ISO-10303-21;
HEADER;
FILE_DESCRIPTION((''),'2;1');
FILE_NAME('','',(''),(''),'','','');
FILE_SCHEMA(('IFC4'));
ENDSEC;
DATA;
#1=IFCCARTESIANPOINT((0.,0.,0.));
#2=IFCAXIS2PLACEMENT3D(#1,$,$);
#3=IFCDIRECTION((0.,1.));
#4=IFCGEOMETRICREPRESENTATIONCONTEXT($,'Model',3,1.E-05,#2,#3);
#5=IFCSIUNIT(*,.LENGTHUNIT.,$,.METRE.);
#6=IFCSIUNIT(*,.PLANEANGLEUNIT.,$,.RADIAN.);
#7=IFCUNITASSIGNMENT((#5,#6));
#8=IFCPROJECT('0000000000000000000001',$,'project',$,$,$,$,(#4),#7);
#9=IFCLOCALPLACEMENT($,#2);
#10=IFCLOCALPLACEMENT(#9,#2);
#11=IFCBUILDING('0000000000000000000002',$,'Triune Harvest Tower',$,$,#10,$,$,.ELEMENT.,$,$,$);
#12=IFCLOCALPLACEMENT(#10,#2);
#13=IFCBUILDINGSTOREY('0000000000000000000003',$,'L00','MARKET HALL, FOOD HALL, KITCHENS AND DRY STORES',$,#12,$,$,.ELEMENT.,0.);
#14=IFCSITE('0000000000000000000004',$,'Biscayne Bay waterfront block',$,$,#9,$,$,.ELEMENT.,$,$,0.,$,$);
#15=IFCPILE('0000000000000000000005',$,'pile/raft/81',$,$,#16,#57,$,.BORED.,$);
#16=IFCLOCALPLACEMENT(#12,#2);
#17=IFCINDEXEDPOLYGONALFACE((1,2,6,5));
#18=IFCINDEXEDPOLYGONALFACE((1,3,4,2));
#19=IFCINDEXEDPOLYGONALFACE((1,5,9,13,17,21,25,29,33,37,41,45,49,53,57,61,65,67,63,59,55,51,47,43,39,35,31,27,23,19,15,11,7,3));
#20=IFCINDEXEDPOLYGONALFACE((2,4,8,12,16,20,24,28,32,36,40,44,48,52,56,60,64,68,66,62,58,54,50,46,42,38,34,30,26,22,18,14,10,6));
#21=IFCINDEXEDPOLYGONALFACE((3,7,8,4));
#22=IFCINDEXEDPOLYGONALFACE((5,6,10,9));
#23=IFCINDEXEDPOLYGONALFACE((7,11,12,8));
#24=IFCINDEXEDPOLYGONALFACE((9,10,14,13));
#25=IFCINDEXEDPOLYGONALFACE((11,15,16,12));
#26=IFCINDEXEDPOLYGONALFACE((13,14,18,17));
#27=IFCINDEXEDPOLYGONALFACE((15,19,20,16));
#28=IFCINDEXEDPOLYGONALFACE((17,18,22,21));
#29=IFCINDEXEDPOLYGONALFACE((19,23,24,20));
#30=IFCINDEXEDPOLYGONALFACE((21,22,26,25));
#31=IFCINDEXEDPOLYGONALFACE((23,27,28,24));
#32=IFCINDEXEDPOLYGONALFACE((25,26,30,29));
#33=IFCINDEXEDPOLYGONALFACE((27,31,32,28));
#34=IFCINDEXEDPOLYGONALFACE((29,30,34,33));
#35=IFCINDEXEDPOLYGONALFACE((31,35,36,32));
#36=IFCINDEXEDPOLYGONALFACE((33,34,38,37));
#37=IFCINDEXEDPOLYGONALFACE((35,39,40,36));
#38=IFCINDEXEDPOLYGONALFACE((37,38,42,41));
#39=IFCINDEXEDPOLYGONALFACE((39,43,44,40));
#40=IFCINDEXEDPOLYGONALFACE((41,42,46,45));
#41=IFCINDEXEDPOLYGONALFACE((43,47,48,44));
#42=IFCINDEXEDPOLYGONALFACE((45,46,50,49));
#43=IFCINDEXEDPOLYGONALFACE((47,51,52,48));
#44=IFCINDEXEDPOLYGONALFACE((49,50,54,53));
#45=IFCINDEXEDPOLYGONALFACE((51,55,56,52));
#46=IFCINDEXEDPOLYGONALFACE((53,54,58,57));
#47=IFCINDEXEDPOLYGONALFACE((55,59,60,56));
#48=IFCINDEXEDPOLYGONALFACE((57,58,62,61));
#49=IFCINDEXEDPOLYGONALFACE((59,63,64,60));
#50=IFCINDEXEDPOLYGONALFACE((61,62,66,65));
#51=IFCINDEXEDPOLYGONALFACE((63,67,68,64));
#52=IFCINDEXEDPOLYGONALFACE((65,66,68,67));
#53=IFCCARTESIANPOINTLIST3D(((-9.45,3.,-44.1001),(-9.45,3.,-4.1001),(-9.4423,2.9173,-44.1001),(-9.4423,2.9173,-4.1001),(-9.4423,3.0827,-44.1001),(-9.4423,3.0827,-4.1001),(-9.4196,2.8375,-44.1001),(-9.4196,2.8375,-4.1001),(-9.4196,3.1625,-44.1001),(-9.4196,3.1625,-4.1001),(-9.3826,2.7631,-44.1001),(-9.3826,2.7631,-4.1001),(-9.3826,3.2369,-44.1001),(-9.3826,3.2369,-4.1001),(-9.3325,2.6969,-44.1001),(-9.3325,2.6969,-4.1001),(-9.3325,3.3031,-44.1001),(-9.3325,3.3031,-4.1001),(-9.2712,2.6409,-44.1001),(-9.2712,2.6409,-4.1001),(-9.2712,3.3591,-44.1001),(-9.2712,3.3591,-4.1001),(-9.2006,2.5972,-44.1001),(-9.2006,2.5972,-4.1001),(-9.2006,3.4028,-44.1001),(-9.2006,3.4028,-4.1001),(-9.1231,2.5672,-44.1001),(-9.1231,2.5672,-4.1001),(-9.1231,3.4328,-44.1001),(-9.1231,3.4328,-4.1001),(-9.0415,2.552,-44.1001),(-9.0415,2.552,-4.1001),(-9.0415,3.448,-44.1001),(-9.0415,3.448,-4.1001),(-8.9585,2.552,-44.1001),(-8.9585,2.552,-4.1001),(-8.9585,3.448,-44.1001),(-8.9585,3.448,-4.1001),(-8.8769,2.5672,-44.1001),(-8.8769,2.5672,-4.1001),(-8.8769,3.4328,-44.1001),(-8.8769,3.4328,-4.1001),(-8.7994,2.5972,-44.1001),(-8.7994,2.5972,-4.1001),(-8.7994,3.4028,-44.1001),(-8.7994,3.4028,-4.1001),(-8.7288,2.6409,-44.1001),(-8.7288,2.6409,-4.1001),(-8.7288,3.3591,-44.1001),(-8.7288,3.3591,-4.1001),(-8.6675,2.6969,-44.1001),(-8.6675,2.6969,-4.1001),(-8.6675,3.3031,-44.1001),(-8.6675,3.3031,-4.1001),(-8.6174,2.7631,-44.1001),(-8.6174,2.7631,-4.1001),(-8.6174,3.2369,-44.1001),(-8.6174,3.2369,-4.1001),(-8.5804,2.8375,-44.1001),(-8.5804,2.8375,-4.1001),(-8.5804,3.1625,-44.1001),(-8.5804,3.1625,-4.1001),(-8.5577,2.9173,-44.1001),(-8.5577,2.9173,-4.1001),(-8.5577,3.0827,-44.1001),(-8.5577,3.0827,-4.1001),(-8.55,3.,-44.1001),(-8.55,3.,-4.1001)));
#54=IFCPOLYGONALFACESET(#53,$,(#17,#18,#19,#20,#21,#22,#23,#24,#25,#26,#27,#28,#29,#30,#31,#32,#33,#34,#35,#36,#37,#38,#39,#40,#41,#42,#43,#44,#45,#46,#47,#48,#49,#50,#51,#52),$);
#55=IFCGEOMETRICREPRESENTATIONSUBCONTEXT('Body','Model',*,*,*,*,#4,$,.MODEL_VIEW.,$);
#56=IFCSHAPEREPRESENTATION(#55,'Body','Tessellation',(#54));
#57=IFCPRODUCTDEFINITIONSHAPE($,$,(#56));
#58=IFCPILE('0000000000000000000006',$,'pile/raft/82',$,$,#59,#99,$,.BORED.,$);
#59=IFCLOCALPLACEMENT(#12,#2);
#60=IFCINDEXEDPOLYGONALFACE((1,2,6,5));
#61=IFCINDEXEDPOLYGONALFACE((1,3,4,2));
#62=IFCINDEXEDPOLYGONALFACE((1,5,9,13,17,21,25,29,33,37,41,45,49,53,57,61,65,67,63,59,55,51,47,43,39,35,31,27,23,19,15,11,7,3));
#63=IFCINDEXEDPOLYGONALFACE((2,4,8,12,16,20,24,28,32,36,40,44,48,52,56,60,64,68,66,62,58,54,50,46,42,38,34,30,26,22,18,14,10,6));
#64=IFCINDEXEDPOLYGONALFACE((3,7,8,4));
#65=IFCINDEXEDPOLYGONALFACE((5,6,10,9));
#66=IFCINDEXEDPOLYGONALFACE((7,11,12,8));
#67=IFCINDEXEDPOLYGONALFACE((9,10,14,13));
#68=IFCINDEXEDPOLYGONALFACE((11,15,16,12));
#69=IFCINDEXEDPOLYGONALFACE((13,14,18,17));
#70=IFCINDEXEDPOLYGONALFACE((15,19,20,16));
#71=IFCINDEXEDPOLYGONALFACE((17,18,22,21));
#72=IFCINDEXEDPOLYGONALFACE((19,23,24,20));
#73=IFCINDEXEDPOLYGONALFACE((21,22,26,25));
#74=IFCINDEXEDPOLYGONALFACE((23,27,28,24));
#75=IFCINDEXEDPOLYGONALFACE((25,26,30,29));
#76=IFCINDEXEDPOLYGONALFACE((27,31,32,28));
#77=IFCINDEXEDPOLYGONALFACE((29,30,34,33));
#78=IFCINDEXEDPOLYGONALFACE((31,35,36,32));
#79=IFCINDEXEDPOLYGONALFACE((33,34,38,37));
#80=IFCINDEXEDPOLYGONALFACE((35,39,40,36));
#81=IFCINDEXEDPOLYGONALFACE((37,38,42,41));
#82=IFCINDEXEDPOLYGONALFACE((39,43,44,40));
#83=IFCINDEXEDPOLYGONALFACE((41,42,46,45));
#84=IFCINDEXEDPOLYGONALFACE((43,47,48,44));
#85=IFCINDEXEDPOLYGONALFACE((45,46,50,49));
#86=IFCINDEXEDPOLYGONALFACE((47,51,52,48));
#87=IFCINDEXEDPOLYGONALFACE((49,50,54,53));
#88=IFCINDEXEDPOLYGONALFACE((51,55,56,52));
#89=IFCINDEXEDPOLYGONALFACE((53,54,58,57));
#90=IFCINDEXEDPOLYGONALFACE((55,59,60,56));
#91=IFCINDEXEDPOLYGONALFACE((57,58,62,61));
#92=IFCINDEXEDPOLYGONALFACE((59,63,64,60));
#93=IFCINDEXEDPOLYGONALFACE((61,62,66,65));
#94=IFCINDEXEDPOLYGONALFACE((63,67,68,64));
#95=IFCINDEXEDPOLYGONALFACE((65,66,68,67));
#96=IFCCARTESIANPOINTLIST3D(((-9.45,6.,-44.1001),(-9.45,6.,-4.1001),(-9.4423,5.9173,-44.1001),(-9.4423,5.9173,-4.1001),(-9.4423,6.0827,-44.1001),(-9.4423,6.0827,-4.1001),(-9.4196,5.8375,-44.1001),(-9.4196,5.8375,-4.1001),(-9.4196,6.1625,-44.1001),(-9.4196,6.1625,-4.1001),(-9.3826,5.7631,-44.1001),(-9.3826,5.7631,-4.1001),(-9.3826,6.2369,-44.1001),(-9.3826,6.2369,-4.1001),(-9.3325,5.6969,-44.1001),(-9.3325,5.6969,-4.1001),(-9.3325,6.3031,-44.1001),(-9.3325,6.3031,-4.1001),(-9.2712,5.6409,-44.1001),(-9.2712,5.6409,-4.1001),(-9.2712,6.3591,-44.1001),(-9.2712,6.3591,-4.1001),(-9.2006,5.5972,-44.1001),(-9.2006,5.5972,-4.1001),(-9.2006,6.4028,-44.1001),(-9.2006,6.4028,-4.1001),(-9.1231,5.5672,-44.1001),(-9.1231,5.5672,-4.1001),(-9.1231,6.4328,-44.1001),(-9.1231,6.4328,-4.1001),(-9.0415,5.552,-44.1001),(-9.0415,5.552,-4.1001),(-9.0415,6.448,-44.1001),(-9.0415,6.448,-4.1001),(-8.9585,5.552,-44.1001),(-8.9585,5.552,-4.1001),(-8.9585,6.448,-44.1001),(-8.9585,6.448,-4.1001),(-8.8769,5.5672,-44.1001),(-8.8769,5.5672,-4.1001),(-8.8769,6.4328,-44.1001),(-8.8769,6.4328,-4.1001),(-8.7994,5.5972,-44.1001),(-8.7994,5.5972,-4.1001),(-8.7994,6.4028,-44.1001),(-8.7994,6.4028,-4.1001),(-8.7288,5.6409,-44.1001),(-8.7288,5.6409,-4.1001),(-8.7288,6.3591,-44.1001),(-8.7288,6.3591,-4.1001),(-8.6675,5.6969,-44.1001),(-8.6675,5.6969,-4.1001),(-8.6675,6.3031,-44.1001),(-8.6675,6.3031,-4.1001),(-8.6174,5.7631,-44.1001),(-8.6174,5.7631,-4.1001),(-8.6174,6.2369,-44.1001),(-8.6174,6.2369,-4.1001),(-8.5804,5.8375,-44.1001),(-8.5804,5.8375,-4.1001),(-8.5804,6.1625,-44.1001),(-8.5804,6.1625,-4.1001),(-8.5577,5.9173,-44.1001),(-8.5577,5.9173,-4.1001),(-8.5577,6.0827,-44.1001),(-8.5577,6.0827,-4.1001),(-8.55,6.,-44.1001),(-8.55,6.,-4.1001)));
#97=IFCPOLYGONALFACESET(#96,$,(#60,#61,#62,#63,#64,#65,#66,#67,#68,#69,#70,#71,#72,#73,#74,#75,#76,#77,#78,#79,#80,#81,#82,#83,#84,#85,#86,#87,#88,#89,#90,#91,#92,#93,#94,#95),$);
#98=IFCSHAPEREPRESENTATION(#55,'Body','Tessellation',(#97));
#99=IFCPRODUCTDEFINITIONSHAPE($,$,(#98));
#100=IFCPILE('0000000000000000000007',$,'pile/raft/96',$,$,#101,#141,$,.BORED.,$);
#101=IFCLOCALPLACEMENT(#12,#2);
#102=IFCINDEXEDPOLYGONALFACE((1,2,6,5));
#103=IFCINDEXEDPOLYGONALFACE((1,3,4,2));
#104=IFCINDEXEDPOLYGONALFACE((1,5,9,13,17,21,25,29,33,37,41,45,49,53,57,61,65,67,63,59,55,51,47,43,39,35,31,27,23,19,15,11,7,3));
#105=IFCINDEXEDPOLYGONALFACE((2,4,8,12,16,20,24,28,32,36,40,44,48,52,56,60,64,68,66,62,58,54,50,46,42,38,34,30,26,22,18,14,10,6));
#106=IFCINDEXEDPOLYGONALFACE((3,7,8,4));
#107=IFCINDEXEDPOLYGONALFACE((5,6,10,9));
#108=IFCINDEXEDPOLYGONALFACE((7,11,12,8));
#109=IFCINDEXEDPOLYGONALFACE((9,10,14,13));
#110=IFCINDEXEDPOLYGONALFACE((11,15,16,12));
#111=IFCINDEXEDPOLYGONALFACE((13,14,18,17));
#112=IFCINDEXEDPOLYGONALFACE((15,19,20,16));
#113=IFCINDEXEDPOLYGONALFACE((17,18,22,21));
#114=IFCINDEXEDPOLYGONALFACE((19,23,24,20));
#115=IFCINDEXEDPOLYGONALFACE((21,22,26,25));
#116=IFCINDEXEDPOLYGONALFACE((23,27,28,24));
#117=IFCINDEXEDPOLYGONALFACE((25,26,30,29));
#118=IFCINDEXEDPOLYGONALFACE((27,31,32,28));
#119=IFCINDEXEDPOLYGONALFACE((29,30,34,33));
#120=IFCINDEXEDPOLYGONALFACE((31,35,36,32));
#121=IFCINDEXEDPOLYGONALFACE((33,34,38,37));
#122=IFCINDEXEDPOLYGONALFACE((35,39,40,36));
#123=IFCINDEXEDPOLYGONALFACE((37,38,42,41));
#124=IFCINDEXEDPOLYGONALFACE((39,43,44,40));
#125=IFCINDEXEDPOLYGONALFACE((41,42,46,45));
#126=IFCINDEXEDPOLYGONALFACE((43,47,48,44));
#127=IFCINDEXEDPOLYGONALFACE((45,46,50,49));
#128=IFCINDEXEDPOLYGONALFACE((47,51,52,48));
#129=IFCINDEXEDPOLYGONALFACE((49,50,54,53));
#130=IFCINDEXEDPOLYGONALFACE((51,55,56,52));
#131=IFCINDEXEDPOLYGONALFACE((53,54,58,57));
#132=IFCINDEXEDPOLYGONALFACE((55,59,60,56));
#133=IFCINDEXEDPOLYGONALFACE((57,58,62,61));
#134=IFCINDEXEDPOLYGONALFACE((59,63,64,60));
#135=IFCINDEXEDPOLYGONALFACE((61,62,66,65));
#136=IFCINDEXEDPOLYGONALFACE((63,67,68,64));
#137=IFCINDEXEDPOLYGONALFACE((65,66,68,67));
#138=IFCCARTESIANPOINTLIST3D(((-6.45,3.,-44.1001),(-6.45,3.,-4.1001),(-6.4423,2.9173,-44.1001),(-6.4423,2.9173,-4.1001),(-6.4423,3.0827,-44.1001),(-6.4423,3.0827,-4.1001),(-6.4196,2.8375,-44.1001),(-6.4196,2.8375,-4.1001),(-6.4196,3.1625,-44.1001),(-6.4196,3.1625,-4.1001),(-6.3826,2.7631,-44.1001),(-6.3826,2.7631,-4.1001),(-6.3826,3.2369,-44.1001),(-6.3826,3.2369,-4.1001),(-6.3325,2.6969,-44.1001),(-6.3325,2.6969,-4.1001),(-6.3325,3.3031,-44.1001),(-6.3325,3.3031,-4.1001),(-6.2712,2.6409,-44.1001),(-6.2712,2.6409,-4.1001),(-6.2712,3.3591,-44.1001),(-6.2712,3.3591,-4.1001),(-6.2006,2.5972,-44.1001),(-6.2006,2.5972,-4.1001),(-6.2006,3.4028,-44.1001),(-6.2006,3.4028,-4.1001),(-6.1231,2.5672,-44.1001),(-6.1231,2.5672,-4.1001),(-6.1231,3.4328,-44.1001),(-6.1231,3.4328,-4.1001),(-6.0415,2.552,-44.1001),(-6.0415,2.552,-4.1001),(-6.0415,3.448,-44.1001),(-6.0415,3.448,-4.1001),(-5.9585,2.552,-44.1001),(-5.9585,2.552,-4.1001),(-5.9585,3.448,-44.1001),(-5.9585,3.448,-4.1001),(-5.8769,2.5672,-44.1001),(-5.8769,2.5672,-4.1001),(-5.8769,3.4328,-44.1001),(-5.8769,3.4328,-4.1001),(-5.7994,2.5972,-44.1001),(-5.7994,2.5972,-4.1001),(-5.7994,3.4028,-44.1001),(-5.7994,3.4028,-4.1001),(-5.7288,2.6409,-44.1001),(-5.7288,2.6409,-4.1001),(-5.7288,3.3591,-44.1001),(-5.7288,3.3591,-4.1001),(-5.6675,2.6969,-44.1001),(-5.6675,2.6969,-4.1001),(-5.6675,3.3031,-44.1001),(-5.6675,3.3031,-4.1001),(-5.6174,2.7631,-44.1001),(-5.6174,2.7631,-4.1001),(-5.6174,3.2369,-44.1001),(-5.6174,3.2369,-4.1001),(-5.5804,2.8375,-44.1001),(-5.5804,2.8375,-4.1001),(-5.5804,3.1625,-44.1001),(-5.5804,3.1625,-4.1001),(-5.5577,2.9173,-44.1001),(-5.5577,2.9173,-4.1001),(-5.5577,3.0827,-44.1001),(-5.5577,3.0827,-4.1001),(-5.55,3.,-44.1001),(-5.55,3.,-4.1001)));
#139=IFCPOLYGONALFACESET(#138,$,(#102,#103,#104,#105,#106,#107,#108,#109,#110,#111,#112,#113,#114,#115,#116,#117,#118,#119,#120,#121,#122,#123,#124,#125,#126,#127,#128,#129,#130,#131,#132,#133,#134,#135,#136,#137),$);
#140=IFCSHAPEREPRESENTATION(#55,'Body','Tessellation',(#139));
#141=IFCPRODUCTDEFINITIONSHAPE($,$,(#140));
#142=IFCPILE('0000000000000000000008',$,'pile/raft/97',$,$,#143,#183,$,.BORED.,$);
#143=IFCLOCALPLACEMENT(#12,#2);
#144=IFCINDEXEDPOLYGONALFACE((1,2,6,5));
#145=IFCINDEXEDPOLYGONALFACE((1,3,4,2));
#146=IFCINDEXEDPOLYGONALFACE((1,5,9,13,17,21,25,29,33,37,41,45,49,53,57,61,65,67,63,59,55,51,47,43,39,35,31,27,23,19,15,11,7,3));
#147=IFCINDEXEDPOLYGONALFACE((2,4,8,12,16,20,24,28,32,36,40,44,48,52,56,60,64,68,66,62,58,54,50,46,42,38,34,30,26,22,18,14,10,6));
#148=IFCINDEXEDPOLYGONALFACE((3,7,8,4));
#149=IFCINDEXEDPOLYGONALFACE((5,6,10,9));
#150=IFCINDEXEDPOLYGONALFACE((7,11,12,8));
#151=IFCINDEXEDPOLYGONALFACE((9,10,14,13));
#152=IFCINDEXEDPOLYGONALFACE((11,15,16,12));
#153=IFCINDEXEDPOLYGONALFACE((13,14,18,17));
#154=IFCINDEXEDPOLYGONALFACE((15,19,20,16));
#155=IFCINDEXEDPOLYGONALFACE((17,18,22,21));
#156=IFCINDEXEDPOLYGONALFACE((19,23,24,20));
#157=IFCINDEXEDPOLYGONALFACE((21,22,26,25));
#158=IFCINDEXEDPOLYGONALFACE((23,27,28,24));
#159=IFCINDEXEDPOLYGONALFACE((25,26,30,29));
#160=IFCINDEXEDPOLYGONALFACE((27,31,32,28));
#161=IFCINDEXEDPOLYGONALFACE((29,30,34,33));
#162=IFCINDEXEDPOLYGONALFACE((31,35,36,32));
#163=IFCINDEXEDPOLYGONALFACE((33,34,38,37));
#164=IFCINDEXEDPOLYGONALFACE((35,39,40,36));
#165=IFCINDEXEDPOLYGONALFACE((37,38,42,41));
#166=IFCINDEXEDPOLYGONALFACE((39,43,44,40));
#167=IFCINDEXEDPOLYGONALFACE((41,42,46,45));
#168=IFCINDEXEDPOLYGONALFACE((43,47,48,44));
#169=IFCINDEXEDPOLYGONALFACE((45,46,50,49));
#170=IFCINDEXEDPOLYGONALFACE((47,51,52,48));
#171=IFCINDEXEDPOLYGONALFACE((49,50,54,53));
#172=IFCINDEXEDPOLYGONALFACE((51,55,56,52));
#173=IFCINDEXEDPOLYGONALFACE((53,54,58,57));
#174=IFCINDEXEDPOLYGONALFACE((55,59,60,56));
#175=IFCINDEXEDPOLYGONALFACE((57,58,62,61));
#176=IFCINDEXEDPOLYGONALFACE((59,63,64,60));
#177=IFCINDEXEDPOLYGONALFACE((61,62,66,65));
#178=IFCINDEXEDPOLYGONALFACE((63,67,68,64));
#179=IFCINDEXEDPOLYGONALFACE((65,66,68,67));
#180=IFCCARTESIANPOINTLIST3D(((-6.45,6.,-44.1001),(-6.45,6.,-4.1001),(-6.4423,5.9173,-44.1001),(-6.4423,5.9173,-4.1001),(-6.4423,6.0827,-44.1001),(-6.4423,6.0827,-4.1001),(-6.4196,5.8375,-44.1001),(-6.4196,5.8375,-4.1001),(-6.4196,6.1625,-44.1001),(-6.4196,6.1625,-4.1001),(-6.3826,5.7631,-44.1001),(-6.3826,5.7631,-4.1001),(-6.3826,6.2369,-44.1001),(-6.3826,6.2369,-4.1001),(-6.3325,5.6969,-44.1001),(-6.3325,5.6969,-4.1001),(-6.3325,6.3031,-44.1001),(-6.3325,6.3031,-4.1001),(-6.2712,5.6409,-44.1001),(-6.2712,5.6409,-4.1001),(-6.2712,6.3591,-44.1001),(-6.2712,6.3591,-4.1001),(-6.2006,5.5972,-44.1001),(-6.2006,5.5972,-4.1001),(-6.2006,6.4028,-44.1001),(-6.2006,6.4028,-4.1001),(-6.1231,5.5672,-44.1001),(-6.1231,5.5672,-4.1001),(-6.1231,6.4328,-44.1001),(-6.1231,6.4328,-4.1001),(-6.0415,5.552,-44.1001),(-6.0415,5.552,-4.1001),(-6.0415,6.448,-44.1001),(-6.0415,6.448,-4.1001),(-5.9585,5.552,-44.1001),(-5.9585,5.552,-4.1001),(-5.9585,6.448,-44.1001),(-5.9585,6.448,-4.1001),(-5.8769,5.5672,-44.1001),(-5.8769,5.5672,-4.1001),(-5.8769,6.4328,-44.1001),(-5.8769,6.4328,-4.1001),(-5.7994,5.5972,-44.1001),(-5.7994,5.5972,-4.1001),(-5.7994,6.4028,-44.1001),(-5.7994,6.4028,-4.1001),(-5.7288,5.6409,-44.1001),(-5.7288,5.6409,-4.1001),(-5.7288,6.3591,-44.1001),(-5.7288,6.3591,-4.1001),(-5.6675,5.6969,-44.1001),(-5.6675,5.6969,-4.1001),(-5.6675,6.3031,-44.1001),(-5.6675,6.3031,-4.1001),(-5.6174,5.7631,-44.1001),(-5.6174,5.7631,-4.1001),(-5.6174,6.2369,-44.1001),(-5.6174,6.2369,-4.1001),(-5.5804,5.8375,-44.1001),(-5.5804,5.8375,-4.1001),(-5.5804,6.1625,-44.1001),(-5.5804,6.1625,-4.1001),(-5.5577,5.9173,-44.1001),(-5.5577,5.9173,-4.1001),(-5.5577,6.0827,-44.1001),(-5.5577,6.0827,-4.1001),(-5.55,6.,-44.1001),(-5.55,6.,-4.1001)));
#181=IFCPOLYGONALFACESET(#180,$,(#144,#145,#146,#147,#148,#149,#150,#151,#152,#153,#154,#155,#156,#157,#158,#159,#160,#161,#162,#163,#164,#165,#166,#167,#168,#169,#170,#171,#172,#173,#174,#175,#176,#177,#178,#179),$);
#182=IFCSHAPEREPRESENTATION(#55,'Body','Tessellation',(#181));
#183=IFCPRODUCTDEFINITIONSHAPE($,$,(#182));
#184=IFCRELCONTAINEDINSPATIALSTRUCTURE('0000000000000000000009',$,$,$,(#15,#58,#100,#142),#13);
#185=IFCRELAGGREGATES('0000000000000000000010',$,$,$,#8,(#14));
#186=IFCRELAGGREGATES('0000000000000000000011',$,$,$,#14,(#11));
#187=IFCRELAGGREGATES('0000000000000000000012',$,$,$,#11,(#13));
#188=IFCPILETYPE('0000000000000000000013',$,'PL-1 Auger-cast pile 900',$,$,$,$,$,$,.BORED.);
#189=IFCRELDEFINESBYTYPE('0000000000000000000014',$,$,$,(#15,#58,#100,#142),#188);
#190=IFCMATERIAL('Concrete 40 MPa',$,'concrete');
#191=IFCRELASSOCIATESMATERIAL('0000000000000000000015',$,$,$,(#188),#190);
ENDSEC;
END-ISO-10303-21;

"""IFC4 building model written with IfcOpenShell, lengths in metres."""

from ifc_helpers import new_model, si_unit, direction, frame, origin, origin_2d, place, context, subcontext, project, spatial, circle, extrude, source, transform, mapped, material, material_profile, profile_set, type_object, element, save


model = new_model("IFC4")

# Units and contexts
model_context = context("Model", 3, precision=1e-05, world=origin(), true_north=direction((0.0, 1.0)))
body_context = subcontext(model_context, "Body", "Model", "MODEL_VIEW")
ifc_project = project(units=[si_unit("LENGTHUNIT", "METRE"), si_unit("PLANEANGLEUNIT", "RADIAN")], contexts=[model_context])

# Site, building, storey
site_placement = place(None, origin())
site = spatial("IfcSite", under=ifc_project, at=site_placement, Name="Biscayne Bay waterfront block", CompositionType="ELEMENT", RefElevation=0.0)
building_placement = place(site_placement, origin())
building = spatial("IfcBuilding", under=site, at=building_placement, Name="Triune Harvest Tower", CompositionType="ELEMENT")
storey_placement = place(building_placement, origin())
storey = spatial("IfcBuildingStorey", under=building, at=storey_placement, Name="L00", Description="MARKET HALL, FOOD HALL, KITCHENS AND DRY STORES", CompositionType="ELEMENT", Elevation=0.0)

# Piles
ifc_material_1 = material(Name="Concrete 40 MPa", Category="concrete")
ifc_material_profile = material_profile(ifc_material_1, circle(Radius=0.45, at=origin_2d()), Name="Bored 900")
ifc_profile_set = profile_set([ifc_material_profile], Name="Concrete 40 MPa")
pile_type = type_object("IfcPileType", Name="PL-1 Auger-cast pile 900", PredefinedType="BORED", material=ifc_profile_set)
shared_shape_1 = source(origin(), body_context, "Body", "SweptSolid", [
    extrude(circle(Radius=0.45, at=origin_2d()), origin(), (0.0, 0.0, 1.0), 40.0),
])
for number, where, z_axis, x_axis, name in (
    (1, (-9.0, 3.0, -4.1001), (0.0, 0.0, -1.0), (1.0, 0.0, 0.0), "pile/raft/81"),
    (2, (-9.0, 6.0, -4.1001), (0.0, 0.0, -1.0), (1.0, 0.0, 0.0), "pile/raft/82"),
    (3, (-6.0, 3.0, -4.1001), (0.0, 0.0, -1.0), (1.0, 0.0, 0.0), "pile/raft/96"),
    (4, (-6.0, 6.0, -4.1001), (0.0, 0.0, -1.0), (1.0, 0.0, 0.0), "pile/raft/97"),
):
    element("IfcPile", number, at=place(storey_placement, frame(where, z_axis=z_axis, x_axis=x_axis)), inside=storey, type_object=pile_type, Name=name, PredefinedType="BORED", context=body_context, shape_type="MappedRepresentation", body=[
        mapped(shared_shape_1, transform((0.0, 0.0, 0.0), scale=1.0)),
    ])

save(model, "model.ifc")
